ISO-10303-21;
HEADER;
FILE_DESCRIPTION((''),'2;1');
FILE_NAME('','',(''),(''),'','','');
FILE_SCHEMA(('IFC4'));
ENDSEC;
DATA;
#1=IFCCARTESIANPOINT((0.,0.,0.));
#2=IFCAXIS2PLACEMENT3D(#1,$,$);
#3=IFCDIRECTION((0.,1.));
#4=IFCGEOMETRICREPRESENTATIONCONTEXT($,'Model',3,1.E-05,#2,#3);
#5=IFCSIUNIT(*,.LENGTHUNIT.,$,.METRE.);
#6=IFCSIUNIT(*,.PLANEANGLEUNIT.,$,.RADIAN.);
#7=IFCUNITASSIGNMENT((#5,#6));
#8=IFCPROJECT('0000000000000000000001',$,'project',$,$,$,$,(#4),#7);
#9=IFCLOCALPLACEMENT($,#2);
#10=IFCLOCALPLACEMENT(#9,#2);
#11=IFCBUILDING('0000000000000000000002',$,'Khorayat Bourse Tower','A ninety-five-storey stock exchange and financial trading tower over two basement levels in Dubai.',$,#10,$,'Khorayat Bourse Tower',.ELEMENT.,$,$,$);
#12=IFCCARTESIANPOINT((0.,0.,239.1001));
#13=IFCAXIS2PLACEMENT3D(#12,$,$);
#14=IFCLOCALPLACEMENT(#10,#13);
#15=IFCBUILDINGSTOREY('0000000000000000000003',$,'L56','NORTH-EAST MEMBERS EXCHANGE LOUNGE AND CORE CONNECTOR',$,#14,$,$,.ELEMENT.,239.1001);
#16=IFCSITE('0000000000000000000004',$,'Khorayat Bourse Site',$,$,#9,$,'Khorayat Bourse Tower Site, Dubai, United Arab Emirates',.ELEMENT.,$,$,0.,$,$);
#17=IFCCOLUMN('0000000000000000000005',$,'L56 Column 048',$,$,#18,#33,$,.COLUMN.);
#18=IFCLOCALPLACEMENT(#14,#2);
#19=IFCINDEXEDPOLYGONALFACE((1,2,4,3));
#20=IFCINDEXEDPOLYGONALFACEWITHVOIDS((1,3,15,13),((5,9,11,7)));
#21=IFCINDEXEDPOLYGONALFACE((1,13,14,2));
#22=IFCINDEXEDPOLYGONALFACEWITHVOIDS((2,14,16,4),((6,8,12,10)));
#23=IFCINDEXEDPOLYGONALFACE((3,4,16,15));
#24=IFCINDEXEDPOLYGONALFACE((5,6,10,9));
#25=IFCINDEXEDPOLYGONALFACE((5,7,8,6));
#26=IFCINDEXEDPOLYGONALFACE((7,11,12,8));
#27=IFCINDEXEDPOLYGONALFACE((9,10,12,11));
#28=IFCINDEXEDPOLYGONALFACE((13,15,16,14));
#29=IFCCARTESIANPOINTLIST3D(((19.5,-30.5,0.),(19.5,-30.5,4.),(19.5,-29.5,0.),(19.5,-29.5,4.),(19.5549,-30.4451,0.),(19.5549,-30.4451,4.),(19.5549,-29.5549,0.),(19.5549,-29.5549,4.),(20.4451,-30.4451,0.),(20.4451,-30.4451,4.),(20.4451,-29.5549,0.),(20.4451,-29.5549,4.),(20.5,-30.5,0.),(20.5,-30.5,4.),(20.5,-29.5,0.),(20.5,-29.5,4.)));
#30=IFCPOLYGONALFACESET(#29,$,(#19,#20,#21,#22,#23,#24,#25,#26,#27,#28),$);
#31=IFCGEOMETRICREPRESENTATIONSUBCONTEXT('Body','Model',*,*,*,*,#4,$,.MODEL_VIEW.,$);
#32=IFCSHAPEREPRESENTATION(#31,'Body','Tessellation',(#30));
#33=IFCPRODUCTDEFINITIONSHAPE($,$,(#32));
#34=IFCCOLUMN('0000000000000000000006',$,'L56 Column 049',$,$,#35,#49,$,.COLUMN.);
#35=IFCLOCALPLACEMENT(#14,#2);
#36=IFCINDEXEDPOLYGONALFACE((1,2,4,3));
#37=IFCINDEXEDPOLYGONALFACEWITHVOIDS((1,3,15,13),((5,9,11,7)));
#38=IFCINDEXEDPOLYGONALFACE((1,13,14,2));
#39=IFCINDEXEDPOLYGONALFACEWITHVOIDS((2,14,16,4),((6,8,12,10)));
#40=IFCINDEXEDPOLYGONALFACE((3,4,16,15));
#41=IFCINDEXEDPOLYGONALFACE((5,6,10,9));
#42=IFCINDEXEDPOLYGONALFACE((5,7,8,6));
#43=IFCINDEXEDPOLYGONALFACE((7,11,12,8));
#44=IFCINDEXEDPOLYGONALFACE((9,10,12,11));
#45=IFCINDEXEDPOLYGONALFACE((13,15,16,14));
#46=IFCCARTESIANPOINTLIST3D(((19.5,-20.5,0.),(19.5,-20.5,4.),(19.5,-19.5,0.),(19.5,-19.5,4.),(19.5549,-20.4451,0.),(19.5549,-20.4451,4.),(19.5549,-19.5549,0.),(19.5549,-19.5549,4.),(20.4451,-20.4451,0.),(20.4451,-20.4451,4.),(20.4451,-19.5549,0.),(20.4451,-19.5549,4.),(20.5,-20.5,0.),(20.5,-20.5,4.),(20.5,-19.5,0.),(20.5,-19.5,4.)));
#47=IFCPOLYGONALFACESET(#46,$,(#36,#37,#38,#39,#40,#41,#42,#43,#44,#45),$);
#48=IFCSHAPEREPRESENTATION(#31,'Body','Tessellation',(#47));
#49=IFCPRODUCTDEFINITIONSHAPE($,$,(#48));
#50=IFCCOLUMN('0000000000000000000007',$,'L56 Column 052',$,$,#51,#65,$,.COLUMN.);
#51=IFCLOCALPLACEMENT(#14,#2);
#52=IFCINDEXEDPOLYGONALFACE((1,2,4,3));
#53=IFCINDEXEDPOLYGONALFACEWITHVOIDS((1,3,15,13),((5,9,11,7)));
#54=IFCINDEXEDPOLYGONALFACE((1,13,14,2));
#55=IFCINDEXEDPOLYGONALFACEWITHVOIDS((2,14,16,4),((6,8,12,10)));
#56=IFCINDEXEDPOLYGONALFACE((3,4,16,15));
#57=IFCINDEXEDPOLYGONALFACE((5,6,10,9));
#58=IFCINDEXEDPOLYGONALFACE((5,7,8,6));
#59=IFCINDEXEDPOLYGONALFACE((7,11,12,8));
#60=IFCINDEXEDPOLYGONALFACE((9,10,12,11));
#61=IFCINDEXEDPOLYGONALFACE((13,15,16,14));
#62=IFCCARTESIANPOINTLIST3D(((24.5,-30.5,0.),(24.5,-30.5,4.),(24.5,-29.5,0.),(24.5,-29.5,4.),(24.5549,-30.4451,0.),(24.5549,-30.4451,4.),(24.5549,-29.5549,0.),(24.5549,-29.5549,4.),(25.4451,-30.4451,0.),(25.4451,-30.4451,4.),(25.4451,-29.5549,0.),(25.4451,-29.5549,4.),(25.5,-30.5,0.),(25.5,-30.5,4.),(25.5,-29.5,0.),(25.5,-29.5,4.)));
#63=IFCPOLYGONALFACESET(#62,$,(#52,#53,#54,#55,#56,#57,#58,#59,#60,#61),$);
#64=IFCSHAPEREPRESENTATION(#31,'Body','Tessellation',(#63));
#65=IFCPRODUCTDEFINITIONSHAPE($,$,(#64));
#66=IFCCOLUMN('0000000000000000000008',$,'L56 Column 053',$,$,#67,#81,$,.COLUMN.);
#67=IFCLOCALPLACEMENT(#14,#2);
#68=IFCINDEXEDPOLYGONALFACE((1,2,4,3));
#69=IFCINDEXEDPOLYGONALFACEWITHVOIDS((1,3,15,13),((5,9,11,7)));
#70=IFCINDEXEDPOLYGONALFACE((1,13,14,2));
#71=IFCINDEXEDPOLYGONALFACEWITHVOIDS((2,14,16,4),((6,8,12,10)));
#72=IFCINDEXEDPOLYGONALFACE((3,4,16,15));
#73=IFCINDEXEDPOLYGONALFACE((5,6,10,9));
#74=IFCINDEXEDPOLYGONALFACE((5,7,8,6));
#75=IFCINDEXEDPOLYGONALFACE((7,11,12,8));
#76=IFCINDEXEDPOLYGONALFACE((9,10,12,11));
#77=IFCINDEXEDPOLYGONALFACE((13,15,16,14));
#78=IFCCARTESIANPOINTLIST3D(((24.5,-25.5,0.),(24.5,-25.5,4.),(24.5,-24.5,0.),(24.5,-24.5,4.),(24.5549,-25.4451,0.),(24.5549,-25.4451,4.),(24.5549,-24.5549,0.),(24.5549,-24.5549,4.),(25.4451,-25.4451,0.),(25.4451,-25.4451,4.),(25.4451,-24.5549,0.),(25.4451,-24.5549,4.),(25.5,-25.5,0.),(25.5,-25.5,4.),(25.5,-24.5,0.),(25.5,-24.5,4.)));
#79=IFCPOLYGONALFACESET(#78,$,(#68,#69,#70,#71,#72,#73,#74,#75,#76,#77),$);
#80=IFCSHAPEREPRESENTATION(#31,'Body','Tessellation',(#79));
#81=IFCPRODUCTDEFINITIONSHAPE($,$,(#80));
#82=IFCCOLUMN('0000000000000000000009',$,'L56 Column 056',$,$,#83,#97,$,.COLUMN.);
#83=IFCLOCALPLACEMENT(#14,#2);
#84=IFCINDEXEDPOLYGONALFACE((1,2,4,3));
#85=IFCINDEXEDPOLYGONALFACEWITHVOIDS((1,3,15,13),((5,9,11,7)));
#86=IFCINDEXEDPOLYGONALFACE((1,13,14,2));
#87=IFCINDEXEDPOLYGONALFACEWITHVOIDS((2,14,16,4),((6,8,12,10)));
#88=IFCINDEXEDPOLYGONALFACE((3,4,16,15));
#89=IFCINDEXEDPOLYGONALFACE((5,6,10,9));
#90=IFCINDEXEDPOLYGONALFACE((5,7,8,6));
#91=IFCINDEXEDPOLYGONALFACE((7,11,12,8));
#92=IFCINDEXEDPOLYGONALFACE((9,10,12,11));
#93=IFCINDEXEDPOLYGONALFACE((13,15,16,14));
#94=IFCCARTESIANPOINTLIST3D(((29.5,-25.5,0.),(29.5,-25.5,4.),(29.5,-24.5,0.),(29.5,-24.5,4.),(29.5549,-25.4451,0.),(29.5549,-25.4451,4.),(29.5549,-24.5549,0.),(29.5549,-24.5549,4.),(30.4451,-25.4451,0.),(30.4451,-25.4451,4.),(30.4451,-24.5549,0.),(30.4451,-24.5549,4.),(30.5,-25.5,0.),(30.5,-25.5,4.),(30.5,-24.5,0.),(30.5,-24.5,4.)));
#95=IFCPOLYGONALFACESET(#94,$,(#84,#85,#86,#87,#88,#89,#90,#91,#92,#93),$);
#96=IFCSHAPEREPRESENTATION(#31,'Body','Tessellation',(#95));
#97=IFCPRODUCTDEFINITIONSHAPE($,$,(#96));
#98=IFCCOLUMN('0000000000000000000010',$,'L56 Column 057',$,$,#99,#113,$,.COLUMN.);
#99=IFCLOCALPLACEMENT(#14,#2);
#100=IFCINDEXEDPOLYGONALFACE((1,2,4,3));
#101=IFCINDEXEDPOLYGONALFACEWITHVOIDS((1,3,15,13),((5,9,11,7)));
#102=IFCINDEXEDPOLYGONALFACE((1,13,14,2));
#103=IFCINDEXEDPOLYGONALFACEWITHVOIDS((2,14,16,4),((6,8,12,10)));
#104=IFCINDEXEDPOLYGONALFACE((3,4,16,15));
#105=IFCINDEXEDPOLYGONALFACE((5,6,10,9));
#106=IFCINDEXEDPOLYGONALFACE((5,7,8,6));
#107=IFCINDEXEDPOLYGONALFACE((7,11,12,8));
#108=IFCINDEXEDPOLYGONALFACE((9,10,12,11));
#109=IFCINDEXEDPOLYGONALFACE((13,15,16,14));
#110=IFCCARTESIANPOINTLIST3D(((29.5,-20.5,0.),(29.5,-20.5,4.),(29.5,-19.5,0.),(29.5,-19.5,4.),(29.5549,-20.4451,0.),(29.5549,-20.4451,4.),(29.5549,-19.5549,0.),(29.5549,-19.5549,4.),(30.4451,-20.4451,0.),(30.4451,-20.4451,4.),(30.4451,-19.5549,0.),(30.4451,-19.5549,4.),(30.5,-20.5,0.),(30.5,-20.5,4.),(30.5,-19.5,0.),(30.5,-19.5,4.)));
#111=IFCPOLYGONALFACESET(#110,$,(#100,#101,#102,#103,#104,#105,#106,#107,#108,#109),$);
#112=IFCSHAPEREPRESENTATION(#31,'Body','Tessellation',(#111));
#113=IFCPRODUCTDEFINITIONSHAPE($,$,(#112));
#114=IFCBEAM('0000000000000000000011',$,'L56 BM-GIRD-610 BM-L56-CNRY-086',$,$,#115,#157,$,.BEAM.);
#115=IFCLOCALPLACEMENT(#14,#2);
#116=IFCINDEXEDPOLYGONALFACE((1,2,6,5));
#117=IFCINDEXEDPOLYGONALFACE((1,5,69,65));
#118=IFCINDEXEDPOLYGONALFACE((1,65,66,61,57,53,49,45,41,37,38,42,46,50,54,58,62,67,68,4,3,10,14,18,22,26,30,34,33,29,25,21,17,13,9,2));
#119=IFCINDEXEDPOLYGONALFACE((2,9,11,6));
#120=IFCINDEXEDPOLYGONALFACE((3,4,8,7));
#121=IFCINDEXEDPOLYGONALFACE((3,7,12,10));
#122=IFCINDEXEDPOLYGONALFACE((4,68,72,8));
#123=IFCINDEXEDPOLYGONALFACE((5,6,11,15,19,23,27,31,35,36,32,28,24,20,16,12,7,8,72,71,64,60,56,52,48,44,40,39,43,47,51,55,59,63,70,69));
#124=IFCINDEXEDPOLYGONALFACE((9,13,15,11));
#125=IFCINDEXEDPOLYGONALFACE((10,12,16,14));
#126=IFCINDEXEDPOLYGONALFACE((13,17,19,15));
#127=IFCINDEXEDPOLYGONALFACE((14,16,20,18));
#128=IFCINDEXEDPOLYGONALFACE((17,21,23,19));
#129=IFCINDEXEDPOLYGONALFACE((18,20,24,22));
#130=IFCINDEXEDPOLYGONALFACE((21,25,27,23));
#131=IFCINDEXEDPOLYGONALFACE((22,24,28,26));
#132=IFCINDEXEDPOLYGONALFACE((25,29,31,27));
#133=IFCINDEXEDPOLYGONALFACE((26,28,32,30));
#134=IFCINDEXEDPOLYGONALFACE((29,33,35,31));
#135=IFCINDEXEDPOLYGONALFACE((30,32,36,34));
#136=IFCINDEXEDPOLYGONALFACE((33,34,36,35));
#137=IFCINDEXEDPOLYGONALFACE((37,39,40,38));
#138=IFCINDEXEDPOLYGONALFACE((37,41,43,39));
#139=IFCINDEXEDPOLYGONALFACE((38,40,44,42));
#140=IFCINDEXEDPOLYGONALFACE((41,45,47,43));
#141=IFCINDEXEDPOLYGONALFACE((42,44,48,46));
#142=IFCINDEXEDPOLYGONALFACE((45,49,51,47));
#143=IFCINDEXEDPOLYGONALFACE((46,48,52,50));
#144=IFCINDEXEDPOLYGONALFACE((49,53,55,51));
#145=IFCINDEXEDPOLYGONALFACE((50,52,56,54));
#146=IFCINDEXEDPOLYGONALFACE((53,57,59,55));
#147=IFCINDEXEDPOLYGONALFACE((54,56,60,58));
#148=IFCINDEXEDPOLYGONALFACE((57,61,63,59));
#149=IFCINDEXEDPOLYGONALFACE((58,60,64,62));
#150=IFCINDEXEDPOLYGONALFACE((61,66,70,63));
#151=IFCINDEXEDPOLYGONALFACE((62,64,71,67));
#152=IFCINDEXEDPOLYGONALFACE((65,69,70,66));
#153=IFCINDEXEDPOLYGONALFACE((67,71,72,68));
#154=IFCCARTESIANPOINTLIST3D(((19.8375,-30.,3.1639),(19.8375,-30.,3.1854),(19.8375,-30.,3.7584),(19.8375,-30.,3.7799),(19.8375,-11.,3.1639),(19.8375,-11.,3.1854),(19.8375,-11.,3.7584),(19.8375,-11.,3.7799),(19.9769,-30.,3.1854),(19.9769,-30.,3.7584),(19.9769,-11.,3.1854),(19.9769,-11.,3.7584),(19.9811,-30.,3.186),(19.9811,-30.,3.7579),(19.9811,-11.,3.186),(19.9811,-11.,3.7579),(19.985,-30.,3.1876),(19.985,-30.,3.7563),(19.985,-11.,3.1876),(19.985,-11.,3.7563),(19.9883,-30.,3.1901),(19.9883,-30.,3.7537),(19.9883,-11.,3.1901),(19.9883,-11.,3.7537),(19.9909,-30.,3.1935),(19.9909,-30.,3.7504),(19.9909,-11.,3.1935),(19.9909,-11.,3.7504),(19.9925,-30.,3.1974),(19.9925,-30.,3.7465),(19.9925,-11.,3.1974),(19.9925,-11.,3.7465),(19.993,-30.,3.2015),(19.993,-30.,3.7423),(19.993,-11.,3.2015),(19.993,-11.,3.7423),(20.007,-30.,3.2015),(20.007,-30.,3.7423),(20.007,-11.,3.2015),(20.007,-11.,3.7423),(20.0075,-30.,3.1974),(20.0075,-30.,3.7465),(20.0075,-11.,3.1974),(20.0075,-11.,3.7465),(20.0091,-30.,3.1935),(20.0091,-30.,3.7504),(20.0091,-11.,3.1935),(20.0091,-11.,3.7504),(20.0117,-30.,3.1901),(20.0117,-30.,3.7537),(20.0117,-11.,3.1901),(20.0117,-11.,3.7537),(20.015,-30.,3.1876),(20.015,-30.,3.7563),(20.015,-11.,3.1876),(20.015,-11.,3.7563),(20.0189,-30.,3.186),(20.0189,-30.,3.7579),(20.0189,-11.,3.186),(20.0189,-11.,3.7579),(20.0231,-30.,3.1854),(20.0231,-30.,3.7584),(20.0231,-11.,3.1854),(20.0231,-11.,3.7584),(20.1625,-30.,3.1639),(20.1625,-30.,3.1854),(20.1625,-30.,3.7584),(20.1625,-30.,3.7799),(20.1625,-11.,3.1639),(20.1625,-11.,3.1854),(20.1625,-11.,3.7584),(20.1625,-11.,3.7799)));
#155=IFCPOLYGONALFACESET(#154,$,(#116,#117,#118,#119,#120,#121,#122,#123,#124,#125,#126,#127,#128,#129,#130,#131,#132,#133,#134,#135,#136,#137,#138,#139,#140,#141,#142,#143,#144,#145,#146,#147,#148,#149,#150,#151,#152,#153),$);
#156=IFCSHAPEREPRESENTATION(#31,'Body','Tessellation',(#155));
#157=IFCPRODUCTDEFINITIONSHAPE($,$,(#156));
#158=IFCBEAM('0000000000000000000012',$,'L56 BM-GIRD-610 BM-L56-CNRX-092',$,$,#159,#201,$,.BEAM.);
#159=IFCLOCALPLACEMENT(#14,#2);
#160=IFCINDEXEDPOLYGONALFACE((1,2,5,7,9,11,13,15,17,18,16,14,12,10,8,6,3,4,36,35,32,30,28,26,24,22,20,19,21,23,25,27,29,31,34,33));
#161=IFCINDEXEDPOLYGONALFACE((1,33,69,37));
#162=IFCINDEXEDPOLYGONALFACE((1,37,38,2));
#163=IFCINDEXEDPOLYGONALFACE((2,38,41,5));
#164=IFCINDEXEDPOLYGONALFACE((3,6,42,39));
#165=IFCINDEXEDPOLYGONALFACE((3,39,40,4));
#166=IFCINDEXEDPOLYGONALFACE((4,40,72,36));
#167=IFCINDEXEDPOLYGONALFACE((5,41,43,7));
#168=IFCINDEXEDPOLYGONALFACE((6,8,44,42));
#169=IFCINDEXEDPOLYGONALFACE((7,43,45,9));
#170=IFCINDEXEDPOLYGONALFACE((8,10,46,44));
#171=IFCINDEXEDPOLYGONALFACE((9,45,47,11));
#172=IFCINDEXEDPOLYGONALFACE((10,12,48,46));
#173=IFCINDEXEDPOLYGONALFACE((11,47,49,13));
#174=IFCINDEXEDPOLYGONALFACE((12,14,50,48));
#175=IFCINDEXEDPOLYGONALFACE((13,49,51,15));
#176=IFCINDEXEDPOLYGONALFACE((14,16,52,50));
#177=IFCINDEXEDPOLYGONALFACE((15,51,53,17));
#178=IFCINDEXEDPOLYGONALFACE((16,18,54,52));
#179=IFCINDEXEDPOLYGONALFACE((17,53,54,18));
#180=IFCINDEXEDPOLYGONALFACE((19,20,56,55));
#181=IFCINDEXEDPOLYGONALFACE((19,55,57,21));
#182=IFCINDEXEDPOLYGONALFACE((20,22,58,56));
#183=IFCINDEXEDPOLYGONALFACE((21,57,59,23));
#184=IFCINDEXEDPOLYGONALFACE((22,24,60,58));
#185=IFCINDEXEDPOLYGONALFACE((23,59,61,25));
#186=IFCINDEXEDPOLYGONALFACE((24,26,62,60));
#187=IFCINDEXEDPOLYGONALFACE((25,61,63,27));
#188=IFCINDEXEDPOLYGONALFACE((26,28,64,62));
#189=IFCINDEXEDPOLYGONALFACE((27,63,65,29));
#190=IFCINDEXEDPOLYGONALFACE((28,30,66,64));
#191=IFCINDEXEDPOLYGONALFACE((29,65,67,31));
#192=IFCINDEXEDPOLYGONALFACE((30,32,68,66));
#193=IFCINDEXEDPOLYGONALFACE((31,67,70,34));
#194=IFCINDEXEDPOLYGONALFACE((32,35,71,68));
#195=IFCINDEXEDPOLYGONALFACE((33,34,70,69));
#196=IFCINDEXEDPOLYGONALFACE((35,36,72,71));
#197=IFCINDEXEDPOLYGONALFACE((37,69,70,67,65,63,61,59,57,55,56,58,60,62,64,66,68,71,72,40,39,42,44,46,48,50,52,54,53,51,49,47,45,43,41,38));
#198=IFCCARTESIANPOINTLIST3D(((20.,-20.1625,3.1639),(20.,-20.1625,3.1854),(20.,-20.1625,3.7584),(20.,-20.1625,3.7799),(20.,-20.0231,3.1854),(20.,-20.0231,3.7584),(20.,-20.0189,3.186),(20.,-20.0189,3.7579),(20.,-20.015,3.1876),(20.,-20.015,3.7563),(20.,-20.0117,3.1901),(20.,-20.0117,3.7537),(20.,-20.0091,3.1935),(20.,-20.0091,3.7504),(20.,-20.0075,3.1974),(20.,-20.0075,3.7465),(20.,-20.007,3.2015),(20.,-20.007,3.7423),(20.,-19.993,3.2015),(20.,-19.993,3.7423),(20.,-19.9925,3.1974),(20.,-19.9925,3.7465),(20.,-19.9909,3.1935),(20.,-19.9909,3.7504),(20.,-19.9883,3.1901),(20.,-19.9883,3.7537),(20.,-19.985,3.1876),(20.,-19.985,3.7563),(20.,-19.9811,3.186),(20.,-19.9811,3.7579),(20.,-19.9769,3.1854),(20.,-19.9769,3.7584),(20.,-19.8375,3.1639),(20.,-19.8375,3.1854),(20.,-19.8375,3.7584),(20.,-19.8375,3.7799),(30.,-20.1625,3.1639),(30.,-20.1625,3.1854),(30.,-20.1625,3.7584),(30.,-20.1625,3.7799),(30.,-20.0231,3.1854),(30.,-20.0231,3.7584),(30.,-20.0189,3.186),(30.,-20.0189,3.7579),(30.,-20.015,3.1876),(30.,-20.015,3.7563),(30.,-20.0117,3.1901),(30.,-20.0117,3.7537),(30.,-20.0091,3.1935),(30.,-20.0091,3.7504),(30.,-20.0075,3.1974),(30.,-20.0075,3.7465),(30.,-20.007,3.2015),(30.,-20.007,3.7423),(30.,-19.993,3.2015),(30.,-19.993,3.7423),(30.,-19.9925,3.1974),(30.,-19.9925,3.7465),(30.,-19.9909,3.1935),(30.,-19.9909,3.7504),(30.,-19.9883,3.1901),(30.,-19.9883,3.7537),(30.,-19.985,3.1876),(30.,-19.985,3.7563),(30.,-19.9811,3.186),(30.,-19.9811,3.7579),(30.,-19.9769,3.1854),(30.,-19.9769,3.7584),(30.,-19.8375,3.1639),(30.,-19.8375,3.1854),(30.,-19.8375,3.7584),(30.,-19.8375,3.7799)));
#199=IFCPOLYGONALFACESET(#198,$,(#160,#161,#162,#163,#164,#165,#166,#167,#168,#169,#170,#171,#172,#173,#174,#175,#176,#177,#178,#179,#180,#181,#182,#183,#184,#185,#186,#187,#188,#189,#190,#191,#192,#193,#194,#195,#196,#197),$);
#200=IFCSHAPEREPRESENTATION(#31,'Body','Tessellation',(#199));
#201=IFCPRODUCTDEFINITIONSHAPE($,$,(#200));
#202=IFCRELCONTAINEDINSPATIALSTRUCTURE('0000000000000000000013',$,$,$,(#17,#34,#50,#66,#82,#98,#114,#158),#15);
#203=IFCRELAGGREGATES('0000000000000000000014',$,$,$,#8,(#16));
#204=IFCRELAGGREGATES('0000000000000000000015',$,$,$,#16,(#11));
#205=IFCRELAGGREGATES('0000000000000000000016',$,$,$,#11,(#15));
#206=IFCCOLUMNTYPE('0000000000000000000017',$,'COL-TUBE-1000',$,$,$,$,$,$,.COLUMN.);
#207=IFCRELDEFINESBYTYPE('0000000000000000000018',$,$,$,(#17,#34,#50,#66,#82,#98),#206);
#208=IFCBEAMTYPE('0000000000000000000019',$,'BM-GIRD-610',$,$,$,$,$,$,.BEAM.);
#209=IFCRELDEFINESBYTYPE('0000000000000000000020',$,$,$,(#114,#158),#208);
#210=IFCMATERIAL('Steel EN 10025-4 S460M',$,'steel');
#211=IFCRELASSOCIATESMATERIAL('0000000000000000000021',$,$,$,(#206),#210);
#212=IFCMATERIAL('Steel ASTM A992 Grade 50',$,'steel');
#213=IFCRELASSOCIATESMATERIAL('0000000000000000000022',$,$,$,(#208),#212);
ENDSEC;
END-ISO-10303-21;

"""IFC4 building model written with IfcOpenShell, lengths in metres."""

from ifc_helpers import new_model, si_unit, direction, frame, origin, origin_2d, place, context, subcontext, project, spatial, hollow_rectangle, i_section, extrude, source, transform, mapped, material, material_profile, profile_set, type_object, element, save


model = new_model("IFC4")

# Units and contexts
model_context = context("Model", 3, precision=1e-05, world=origin(), true_north=direction((0.0, 1.0)))
body_context = subcontext(model_context, "Body", "Model", "MODEL_VIEW")
ifc_project = project(units=[si_unit("LENGTHUNIT", "METRE"), si_unit("PLANEANGLEUNIT", "RADIAN")], contexts=[model_context])

# Site, building, storey
site_placement = place(None, origin())
site = spatial("IfcSite", under=ifc_project, at=site_placement, Name="Khorayat Bourse Site", LongName="Khorayat Bourse Tower Site, Dubai, United Arab Emirates", CompositionType="ELEMENT", RefElevation=0.0)
building_placement = place(site_placement, origin())
building = spatial("IfcBuilding", under=site, at=building_placement, Name="Khorayat Bourse Tower", Description="A ninety-five-storey stock exchange and financial trading tower over two basement levels in Dubai.", LongName="Khorayat Bourse Tower", CompositionType="ELEMENT")
storey_placement = place(building_placement, frame((0.0, 0.0, 239.1001)))
storey = spatial("IfcBuildingStorey", under=building, at=storey_placement, Name="L56", Description="NORTH-EAST MEMBERS EXCHANGE LOUNGE AND CORE CONNECTOR", CompositionType="ELEMENT", Elevation=239.1001)

# Columns
ifc_material_1 = material(Name="Steel EN 10025-4 S460M", Category="steel")
ifc_material_profile_1 = material_profile(ifc_material_1, hollow_rectangle(XDim=1.0, YDim=1.0, WallThickness=0.0549, at=origin_2d()), Name="BOX 1000x1000x55")
ifc_profile_set_1 = profile_set([ifc_material_profile_1], Name="Steel EN 10025-4 S460M")
column_type = type_object("IfcColumnType", Name="COL-TUBE-1000", PredefinedType="COLUMN", material=ifc_profile_set_1)
shared_shape_1 = source(origin(), body_context, "Body", "SweptSolid", [
    extrude(hollow_rectangle(XDim=1.0, YDim=1.0, WallThickness=0.0549, at=origin_2d()), origin(), (0.0, 0.0, 1.0), 4.0),
])
for number, where, z_axis, x_axis, name in (
    (1, (20.0, -30.0, 0.0), (0.0, 0.0, 1.0), (1.0, 0.0, 0.0), "L56 Column 048"),
    (2, (20.0, -20.0, 0.0), (0.0, 0.0, 1.0), (1.0, 0.0, 0.0), "L56 Column 049"),
    (3, (25.0, -30.0, 0.0), (0.0, 0.0, 1.0), (1.0, 0.0, 0.0), "L56 Column 052"),
    (4, (25.0, -25.0, 0.0), (0.0, 0.0, 1.0), (1.0, 0.0, 0.0), "L56 Column 053"),
    (5, (30.0, -25.0, 0.0), (0.0, 0.0, 1.0), (1.0, 0.0, 0.0), "L56 Column 056"),
    (6, (30.0, -20.0, 0.0), (0.0, 0.0, 1.0), (1.0, 0.0, 0.0), "L56 Column 057"),
):
    element("IfcColumn", number, at=place(storey_placement, frame(where, z_axis=z_axis, x_axis=x_axis)), inside=storey, type_object=column_type, Name=name, PredefinedType="COLUMN", context=body_context, shape_type="MappedRepresentation", body=[
        mapped(shared_shape_1, transform((0.0, 0.0, 0.0), scale=1.0)),
    ])

# Beams
ifc_material_2 = material(Name="Steel ASTM A992 Grade 50", Category="steel")
ifc_material_profile_2 = material_profile(ifc_material_2, i_section(OverallWidth=0.325, OverallDepth=0.616, WebThickness=0.0139, FlangeThickness=0.0215, FilletRadius=0.0161, at=origin_2d()), Name="W610X174")
ifc_profile_set_2 = profile_set([ifc_material_profile_2], Name="Steel ASTM A992 Grade 50")
beam_type_1 = type_object("IfcBeamType", Name="BM-GIRD-610", PredefinedType="BEAM", material=ifc_profile_set_2)
shared_shape_2 = source(origin(), body_context, "Body", "SweptSolid", [
    extrude(i_section(OverallWidth=0.325, OverallDepth=0.616, WebThickness=0.0139, FlangeThickness=0.0215, FilletRadius=0.0161, at=origin_2d()), origin(), (0.0, 0.0, 1.0), 19.0),
])
beam_1_placement = place(storey_placement, frame((20.0, -30.0, 3.4719), z_axis=(0.0, 1.0, 0.0), x_axis=(-1.0, 0.0, 0.0)))
element("IfcBeam", 7, at=beam_1_placement, inside=storey, type_object=beam_type_1, Name="L56 BM-GIRD-610 BM-L56-CNRY-086", PredefinedType="BEAM", context=body_context, shape_type="MappedRepresentation", body=[
    mapped(shared_shape_2, transform((0.0, 0.0, 0.0), scale=1.0)),
])
shared_shape_3 = source(origin(), body_context, "Body", "SweptSolid", [
    extrude(i_section(OverallWidth=0.325, OverallDepth=0.616, WebThickness=0.0139, FlangeThickness=0.0215, FilletRadius=0.0161, at=origin_2d()), origin(), (0.0, 0.0, 1.0), 10.0),
])
beam_2_placement = place(storey_placement, frame((20.0, -20.0, 3.4719), z_axis=(1.0, 0.0, 0.0), x_axis=(0.0, 1.0, 0.0)))
element("IfcBeam", 8, at=beam_2_placement, inside=storey, type_object=beam_type_1, Name="L56 BM-GIRD-610 BM-L56-CNRX-092", PredefinedType="BEAM", context=body_context, shape_type="MappedRepresentation", body=[
    mapped(shared_shape_3, transform((0.0, 0.0, 0.0), scale=1.0)),
])

save(model, "model.ifc")
